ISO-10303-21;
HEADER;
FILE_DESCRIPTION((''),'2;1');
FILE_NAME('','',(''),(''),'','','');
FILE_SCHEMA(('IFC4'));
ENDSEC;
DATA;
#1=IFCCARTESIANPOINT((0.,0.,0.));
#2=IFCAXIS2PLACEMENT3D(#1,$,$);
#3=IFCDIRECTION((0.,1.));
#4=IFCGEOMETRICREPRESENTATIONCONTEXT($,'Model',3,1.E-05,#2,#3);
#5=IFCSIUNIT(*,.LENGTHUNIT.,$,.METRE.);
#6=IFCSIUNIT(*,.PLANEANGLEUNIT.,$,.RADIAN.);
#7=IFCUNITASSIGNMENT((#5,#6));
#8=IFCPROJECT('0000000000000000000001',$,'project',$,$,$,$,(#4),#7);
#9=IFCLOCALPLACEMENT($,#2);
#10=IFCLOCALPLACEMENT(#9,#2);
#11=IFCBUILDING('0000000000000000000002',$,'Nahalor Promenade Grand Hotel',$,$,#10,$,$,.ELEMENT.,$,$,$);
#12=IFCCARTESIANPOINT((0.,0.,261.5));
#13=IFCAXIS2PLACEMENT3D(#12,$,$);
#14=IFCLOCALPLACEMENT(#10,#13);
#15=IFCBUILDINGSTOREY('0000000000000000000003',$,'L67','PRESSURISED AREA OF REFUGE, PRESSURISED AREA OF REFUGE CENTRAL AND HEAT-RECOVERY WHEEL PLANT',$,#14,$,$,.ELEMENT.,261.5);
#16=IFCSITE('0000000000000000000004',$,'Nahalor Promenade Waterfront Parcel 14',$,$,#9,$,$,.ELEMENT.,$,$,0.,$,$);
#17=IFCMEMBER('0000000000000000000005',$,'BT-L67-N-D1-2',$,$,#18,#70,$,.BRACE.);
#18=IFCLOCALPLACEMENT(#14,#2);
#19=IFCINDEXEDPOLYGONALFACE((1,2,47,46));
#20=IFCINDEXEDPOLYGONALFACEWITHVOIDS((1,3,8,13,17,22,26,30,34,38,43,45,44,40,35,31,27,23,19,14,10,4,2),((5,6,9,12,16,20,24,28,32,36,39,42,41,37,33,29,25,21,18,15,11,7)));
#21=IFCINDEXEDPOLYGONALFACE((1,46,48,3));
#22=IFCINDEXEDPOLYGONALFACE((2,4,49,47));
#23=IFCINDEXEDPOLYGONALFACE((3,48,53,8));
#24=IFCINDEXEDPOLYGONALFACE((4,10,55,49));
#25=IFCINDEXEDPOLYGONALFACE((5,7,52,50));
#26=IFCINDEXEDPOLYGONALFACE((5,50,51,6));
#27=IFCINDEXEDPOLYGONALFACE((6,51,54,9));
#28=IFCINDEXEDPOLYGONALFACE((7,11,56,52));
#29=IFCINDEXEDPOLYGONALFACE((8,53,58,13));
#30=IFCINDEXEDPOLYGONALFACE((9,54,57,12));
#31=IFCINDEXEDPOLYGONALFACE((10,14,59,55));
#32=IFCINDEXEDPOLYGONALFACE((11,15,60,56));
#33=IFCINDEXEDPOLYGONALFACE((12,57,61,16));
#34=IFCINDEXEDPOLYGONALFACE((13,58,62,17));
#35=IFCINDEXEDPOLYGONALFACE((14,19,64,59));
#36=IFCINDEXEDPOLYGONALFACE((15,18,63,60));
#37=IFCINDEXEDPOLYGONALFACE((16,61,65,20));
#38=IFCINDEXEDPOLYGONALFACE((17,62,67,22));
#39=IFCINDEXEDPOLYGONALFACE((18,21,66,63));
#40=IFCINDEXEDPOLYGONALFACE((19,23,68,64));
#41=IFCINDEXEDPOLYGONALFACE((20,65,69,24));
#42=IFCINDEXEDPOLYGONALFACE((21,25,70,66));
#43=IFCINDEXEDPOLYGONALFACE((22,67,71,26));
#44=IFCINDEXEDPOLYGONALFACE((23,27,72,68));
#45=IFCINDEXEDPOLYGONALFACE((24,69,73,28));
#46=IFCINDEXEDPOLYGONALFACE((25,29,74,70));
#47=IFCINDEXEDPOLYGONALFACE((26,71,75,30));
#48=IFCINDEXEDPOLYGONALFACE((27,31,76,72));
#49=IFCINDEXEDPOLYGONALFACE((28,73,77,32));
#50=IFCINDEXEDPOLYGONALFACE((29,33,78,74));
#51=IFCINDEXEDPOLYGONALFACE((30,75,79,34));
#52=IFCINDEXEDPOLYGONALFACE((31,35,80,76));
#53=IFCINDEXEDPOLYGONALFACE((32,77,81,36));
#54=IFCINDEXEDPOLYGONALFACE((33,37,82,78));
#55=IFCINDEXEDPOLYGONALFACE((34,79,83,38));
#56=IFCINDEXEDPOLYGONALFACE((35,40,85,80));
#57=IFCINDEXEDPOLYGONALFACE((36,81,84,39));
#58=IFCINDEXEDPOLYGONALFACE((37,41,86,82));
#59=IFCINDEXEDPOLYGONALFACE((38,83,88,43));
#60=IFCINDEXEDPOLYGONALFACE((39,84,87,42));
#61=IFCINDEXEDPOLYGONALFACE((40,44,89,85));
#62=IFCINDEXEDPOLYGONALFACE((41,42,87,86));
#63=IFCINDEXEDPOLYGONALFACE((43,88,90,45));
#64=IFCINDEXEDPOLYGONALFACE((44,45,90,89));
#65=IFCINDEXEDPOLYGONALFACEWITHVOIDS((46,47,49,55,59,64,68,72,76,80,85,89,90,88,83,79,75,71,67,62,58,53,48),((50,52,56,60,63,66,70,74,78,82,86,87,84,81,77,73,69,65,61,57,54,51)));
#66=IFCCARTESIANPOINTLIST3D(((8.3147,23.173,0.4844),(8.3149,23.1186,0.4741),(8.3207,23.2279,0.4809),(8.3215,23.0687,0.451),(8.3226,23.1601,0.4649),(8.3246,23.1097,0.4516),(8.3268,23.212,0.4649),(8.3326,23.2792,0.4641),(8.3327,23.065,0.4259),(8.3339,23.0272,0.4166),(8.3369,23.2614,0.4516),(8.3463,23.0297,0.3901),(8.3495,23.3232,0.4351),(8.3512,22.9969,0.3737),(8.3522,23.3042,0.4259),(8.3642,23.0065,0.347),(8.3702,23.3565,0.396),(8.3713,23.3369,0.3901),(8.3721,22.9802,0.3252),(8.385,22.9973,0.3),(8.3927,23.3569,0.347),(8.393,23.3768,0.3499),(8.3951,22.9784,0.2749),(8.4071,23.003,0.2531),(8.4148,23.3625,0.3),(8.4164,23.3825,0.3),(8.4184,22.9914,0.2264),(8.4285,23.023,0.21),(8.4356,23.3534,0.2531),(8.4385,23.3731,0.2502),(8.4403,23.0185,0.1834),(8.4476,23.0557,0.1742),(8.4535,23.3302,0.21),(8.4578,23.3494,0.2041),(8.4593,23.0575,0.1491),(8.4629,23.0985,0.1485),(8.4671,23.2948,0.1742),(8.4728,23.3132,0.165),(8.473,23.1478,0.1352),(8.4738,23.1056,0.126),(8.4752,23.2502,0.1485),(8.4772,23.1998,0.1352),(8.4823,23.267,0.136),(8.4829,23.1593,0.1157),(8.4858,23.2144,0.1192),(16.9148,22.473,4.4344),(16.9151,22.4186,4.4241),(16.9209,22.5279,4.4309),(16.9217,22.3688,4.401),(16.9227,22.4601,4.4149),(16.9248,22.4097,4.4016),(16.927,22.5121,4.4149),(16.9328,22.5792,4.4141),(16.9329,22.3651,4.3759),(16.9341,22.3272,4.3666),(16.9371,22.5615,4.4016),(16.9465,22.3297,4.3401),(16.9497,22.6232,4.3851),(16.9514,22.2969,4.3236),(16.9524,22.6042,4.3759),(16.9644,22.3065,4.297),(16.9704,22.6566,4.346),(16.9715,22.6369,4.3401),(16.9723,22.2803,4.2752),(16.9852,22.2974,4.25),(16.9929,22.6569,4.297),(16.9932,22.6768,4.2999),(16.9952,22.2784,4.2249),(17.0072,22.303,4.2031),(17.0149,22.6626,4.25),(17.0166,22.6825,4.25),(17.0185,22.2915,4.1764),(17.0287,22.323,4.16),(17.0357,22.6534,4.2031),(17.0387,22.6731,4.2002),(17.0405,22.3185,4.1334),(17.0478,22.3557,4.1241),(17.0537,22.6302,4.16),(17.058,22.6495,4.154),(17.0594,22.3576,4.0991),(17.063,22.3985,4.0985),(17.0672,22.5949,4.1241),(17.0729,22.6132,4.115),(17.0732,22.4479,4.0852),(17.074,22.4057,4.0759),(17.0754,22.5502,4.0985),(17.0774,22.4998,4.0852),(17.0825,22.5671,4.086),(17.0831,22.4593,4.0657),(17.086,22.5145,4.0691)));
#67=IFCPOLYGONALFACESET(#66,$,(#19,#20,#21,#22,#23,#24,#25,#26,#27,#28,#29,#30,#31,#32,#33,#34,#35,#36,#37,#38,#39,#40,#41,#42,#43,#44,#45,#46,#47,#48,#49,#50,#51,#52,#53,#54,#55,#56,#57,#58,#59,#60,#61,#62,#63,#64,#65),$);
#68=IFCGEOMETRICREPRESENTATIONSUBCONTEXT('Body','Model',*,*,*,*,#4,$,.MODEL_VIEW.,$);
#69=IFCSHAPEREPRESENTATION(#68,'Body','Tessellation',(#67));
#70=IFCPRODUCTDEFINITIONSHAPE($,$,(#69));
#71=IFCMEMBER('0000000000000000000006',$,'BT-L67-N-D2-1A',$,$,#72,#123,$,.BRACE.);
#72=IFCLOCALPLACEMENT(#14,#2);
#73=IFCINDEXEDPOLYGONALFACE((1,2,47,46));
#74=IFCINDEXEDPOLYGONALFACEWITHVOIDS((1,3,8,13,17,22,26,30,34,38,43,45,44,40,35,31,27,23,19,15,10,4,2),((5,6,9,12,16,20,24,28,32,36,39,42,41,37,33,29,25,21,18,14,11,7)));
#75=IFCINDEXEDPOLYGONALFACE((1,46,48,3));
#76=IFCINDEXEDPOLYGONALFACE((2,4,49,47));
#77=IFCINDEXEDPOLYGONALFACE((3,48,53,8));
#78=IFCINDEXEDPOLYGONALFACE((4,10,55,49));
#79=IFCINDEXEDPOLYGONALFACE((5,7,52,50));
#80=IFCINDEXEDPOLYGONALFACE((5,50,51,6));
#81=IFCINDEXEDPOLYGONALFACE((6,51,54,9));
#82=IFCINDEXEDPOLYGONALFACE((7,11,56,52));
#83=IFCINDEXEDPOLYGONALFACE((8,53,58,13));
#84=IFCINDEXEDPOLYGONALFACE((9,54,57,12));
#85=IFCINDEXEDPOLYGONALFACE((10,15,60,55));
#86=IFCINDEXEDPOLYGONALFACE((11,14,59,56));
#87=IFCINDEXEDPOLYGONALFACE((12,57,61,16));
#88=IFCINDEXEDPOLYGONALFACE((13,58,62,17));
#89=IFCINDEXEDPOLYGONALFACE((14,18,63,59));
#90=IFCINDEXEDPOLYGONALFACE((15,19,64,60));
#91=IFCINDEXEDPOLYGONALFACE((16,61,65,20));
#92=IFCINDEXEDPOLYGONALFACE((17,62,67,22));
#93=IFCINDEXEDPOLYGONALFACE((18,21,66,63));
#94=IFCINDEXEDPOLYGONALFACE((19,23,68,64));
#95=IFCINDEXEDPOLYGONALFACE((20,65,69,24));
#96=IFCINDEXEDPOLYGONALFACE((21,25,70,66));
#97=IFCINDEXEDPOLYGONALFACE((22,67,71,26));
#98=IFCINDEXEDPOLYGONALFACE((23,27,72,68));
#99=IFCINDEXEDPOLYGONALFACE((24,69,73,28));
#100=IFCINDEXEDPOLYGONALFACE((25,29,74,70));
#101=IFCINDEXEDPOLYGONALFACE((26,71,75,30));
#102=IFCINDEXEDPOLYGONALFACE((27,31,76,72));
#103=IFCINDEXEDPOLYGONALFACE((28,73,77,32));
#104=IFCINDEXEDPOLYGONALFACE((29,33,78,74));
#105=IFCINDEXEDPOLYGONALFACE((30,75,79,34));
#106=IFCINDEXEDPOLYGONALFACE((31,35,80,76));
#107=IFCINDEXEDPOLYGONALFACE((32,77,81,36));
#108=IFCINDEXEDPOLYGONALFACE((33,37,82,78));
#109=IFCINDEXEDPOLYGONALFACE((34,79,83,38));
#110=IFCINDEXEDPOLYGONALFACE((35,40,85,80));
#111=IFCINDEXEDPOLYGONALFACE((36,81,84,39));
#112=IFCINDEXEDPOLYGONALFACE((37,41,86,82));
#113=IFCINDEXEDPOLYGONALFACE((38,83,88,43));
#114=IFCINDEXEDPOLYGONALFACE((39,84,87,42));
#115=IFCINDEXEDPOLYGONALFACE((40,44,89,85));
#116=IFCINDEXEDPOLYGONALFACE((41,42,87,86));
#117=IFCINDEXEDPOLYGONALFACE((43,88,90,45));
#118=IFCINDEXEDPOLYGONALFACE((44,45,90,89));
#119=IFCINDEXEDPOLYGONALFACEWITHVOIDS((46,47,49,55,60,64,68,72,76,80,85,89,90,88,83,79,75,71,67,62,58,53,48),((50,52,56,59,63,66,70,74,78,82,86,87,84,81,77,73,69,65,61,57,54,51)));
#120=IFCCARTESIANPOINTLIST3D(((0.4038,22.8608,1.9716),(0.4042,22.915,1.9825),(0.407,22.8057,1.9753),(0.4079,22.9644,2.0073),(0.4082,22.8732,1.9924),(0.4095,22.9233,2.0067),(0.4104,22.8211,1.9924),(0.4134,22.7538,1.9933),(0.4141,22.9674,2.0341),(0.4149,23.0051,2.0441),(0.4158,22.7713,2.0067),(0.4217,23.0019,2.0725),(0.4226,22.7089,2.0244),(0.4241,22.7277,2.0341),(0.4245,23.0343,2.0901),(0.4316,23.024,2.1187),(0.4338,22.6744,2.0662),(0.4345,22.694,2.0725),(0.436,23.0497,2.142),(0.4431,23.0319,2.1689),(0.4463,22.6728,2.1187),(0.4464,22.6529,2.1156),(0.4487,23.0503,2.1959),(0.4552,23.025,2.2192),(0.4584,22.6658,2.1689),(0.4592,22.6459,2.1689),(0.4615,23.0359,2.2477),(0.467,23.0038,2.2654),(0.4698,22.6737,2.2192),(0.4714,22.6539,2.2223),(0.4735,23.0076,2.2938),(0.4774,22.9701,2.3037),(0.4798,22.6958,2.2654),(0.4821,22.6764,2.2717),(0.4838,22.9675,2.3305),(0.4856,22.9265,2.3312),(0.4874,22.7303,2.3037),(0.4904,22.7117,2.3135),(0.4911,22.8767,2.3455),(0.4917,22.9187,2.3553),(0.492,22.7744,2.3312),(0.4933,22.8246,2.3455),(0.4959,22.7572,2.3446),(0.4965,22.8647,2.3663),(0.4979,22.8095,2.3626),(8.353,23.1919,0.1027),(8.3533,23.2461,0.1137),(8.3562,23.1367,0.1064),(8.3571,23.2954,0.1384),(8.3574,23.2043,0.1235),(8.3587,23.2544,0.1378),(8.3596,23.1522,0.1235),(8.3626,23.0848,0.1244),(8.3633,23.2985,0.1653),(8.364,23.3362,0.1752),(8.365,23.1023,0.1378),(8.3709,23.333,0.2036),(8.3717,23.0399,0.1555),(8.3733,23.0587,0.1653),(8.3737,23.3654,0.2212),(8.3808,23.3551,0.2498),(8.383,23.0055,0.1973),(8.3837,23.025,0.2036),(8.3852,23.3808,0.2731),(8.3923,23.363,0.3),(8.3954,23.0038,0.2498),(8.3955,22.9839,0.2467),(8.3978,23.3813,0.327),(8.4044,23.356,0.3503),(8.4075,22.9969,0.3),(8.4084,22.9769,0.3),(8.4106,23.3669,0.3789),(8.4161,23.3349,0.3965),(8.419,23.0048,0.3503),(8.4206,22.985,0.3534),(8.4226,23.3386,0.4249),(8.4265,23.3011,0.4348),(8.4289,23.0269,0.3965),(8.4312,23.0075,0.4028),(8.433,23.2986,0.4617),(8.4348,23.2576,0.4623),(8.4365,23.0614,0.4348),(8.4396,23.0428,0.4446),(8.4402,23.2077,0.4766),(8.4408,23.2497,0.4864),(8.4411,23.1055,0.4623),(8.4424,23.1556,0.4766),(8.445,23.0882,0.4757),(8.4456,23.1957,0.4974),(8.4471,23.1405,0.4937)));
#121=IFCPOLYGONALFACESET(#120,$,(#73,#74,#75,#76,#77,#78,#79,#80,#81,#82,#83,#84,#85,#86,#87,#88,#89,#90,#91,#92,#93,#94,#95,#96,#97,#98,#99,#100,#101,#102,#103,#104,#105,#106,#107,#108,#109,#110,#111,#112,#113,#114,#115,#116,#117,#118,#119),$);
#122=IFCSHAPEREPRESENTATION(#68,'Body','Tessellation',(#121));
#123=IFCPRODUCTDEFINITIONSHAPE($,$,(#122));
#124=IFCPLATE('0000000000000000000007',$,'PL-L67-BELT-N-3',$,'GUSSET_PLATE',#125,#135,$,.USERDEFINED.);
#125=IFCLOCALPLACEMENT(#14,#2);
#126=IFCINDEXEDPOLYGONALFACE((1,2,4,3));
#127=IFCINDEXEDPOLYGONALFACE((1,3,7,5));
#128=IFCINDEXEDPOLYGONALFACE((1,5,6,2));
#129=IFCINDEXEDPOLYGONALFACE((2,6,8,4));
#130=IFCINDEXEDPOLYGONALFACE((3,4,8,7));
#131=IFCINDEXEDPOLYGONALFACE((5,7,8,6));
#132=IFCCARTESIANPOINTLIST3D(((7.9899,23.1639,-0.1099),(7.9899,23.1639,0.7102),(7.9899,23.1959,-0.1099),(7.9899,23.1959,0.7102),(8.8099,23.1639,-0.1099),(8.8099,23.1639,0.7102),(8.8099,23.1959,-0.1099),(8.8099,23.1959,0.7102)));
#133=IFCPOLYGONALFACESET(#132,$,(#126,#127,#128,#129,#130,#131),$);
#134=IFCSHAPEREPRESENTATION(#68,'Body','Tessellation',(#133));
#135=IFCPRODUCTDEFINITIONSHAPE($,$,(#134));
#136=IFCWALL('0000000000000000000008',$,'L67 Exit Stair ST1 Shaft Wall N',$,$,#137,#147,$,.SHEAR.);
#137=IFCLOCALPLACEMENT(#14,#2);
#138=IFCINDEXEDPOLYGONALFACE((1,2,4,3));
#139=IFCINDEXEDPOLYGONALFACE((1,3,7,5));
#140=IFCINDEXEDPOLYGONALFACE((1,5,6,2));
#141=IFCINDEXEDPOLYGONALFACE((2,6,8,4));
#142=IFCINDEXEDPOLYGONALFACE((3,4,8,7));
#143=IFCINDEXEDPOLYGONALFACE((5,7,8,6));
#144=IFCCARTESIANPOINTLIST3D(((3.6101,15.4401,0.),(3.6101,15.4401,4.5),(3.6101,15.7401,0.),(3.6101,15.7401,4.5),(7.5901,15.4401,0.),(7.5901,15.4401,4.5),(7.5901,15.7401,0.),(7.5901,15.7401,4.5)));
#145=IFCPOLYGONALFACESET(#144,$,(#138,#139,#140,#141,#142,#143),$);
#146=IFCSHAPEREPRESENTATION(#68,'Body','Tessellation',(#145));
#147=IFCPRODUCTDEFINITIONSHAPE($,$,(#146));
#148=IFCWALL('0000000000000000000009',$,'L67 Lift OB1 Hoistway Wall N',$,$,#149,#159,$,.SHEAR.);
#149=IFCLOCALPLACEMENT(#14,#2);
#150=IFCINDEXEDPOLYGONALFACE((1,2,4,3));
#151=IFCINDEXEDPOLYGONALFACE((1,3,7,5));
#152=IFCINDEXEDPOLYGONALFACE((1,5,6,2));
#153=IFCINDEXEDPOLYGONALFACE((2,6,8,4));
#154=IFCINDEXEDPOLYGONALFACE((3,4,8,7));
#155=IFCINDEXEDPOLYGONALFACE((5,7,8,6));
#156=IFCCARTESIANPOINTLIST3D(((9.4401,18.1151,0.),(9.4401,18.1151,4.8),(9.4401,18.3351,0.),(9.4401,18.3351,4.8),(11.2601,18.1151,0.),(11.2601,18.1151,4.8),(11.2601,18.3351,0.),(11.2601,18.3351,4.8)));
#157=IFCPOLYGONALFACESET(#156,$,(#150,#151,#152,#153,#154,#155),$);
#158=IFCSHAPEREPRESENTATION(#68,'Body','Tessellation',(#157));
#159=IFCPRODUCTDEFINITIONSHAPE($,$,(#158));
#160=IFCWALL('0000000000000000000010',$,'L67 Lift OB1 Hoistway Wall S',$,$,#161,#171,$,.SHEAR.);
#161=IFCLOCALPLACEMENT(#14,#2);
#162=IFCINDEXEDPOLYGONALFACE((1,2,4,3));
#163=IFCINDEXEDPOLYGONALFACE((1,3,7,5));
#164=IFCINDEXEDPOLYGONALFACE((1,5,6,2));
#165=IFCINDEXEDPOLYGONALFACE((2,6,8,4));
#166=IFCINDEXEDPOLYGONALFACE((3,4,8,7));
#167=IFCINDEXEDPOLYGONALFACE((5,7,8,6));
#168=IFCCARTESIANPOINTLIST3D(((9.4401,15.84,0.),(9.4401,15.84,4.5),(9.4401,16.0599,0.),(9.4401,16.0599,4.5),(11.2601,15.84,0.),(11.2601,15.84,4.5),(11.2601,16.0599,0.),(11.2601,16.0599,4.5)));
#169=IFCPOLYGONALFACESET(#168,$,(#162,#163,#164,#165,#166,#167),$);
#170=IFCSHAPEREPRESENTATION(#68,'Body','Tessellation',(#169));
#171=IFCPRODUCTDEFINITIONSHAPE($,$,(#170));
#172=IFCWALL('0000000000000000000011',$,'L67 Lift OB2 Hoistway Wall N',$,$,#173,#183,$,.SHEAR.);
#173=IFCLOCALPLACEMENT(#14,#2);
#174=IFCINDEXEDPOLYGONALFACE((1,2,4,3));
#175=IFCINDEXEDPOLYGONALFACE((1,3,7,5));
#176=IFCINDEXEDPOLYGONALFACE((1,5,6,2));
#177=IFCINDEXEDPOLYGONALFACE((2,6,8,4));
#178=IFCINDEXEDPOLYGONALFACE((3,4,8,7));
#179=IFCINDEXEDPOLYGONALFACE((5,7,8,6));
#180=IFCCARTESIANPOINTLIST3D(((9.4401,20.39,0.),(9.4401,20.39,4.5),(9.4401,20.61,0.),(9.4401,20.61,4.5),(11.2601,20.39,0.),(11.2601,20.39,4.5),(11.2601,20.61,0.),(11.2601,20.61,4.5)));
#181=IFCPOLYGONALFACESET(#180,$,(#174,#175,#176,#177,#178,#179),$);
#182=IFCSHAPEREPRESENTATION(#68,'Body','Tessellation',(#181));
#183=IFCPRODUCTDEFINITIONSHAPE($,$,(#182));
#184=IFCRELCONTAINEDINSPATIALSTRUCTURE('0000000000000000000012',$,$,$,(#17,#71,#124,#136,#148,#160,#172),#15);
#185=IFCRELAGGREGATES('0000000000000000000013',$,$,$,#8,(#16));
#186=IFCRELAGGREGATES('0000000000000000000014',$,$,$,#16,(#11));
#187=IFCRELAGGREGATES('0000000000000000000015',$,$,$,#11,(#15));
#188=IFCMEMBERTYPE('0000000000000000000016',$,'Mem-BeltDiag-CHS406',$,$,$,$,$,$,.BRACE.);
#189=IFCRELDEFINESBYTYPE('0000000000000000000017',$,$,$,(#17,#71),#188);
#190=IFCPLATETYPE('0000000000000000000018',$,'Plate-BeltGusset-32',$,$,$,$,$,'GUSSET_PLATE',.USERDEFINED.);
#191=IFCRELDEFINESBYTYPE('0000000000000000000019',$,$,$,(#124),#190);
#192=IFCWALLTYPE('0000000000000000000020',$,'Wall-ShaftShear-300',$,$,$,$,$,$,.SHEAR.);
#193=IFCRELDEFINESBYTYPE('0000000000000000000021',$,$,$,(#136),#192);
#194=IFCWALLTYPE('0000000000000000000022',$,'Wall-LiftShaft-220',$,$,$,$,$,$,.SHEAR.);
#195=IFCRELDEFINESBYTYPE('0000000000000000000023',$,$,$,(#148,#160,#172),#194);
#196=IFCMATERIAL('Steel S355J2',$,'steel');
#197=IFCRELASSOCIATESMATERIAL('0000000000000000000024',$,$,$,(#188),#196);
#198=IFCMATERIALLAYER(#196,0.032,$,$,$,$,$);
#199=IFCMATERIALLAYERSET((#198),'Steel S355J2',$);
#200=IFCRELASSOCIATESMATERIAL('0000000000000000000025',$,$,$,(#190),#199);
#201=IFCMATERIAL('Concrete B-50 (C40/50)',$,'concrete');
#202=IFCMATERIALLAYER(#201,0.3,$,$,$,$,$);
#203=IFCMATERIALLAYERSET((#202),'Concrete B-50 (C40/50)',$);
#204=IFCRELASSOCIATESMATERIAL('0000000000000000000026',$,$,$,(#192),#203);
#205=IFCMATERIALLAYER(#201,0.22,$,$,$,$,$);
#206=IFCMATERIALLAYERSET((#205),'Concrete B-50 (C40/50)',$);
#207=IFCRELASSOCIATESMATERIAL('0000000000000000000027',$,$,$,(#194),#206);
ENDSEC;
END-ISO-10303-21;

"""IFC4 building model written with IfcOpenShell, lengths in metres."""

from ifc_helpers import new_model, si_unit, direction, frame, frame_2d, origin, origin_2d, place, context, subcontext, project, spatial, rectangle, hollow_circle, extrude, source, transform, mapped, material, layer, layer_set, material_profile, profile_set, type_object, element, save


model = new_model("IFC4")

# Units and contexts
model_context = context("Model", 3, precision=1e-05, world=origin(), true_north=direction((0.0, 1.0)))
body_context = subcontext(model_context, "Body", "Model", "MODEL_VIEW")
ifc_project = project(units=[si_unit("LENGTHUNIT", "METRE"), si_unit("PLANEANGLEUNIT", "RADIAN")], contexts=[model_context])

# Site, building, storey
site_placement = place(None, origin())
site = spatial("IfcSite", under=ifc_project, at=site_placement, Name="Nahalor Promenade Waterfront Parcel 14", CompositionType="ELEMENT", RefElevation=0.0)
building_placement = place(site_placement, origin())
building = spatial("IfcBuilding", under=site, at=building_placement, Name="Nahalor Promenade Grand Hotel", CompositionType="ELEMENT")
storey_placement = place(building_placement, frame((0.0, 0.0, 261.5)))
storey = spatial("IfcBuildingStorey", under=building, at=storey_placement, Name="L67", Description="PRESSURISED AREA OF REFUGE, PRESSURISED AREA OF REFUGE CENTRAL AND HEAT-RECOVERY WHEEL PLANT", CompositionType="ELEMENT", Elevation=261.5)

# Members
ifc_material_1 = material(Name="Steel S355J2", Category="steel")
ifc_material_profile_1 = material_profile(ifc_material_1, hollow_circle(Radius=0.2032, WallThickness=0.02, at=origin_2d()), Name="CHS 406.4x20")
ifc_profile_set_1 = profile_set([ifc_material_profile_1], Name="Steel S355J2")
member_type = type_object("IfcMemberType", Name="Mem-BeltDiag-CHS406", PredefinedType="BRACE", material=ifc_profile_set_1)
shared_shape_1 = source(origin(), body_context, "Body", "SweptSolid", [
    extrude(hollow_circle(Radius=0.2032, WallThickness=0.02, at=origin_2d()), origin(), (0.0, 0.0, 1.0), 9.4897),
])
member_1_placement = place(storey_placement, frame((8.3999, 23.1799, 0.3), z_axis=(0.906259, -0.073759, 0.416237), x_axis=(0.081121, 0.996704, 0.0)))
element("IfcMember", 1, at=member_1_placement, inside=storey, type_object=member_type, Name="BT-L67-N-D1-2", PredefinedType="BRACE", context=body_context, shape_type="MappedRepresentation", body=[
    mapped(shared_shape_1, transform((0.0, 0.0, 0.0), scale=1.0)),
])
shared_shape_2 = source(origin(), body_context, "Body", "SweptSolid", [
    extrude(hollow_circle(Radius=0.2032, WallThickness=0.02, at=origin_2d()), origin(), (0.0, 0.0, 1.0), 8.1726),
])
member_2_placement = place(storey_placement, frame((8.3999, 23.1799, 0.3), z_axis=(-0.972659, -0.040508, 0.228677), x_axis=(0.04161, -0.999134, 0.0)))
element("IfcMember", 2, at=member_2_placement, inside=storey, type_object=member_type, Name="BT-L67-N-D2-1A", PredefinedType="BRACE", context=body_context, shape_type="MappedRepresentation", body=[
    mapped(shared_shape_2, transform((0.0, 0.0, 0.0), scale=1.0)),
])

# Plate
ifc_layer_1 = layer(ifc_material_1, 0.032)
ifc_layer_set_1 = layer_set([ifc_layer_1], Name="Steel S355J2")
plate_type = type_object("IfcPlateType", Name="Plate-BeltGusset-32", ElementType="GUSSET_PLATE", PredefinedType="USERDEFINED", material=ifc_layer_set_1)
shared_shape_3 = source(origin(), body_context, "Body", "SweptSolid", [
    extrude(rectangle(XDim=0.8201, YDim=0.032, at=origin_2d()), origin(), (0.0, 0.0, 1.0), 0.8201),
])
plate_placement = place(storey_placement, frame((8.3999, 23.1799, -0.1099), z_axis=(0.0, 0.0, 1.0), x_axis=(1.0, 0.0, 0.0)))
element("IfcPlate", 3, at=plate_placement, inside=storey, type_object=plate_type, Name="PL-L67-BELT-N-3", ObjectType="GUSSET_PLATE", PredefinedType="USERDEFINED", context=body_context, shape_type="MappedRepresentation", body=[
    mapped(shared_shape_3, transform((0.0, 0.0, 0.0), scale=1.0)),
])

# Walls
ifc_material_2 = material(Name="Concrete B-50 (C40/50)", Category="concrete")
ifc_layer_2 = layer(ifc_material_2, 0.3)
ifc_layer_set_2 = layer_set([ifc_layer_2], Name="Concrete B-50 (C40/50)")
wall_type_1 = type_object("IfcWallType", Name="Wall-ShaftShear-300", PredefinedType="SHEAR", material=ifc_layer_set_2)
shared_shape_4 = source(origin(), body_context, "Body", "SweptSolid", [
    extrude(rectangle(XDim=3.98, YDim=0.3, at=frame_2d((1.99, 0.0))), origin(), (0.0, 0.0, 1.0), 4.5),
])
wall_1_placement = place(storey_placement, frame((3.6101, 15.5901, 0.0), z_axis=(0.0, 0.0, 1.0), x_axis=(1.0, 0.0, 0.0)))
element("IfcWall", 4, at=wall_1_placement, inside=storey, type_object=wall_type_1, Name="L67 Exit Stair ST1 Shaft Wall N", PredefinedType="SHEAR", context=body_context, shape_type="MappedRepresentation", body=[
    mapped(shared_shape_4, transform((0.0, 0.0, 0.0), scale=1.0)),
])
ifc_layer_3 = layer(ifc_material_2, 0.22)
ifc_layer_set_3 = layer_set([ifc_layer_3], Name="Concrete B-50 (C40/50)")
wall_type_2 = type_object("IfcWallType", Name="Wall-LiftShaft-220", PredefinedType="SHEAR", material=ifc_layer_set_3)
shared_shape_5 = source(origin(), body_context, "Body", "SweptSolid", [
    extrude(rectangle(XDim=1.8201, YDim=0.22, at=frame_2d((0.9102, 0.0))), origin(), (0.0, 0.0, 1.0), 4.8),
])
wall_2_placement = place(storey_placement, frame((9.4399, 18.2251, 0.0), z_axis=(0.0, 0.0, 1.0), x_axis=(1.0, 0.0, 0.0)))
element("IfcWall", 5, at=wall_2_placement, inside=storey, type_object=wall_type_2, Name="L67 Lift OB1 Hoistway Wall N", PredefinedType="SHEAR", context=body_context, shape_type="MappedRepresentation", body=[
    mapped(shared_shape_5, transform((0.0, 0.0, 0.0), scale=1.0)),
])
shared_shape_6 = source(origin(), body_context, "Body", "SweptSolid", [
    extrude(rectangle(XDim=1.8201, YDim=0.22, at=frame_2d((0.9102, 0.0))), origin(), (0.0, 0.0, 1.0), 4.5),
])
for number, where, z_axis, x_axis, name in (
    (6, (9.4399, 15.95, 0.0), (0.0, 0.0, 1.0), (1.0, 0.0, 0.0), "L67 Lift OB1 Hoistway Wall S"),
    (7, (9.4399, 20.5, 0.0), (0.0, 0.0, 1.0), (1.0, 0.0, 0.0), "L67 Lift OB2 Hoistway Wall N"),
):
    element("IfcWall", number, at=place(storey_placement, frame(where, z_axis=z_axis, x_axis=x_axis)), inside=storey, type_object=wall_type_2, Name=name, PredefinedType="SHEAR", context=body_context, shape_type="MappedRepresentation", body=[
        mapped(shared_shape_6, transform((0.0, 0.0, 0.0), scale=1.0)),
    ])

save(model, "model.ifc")
